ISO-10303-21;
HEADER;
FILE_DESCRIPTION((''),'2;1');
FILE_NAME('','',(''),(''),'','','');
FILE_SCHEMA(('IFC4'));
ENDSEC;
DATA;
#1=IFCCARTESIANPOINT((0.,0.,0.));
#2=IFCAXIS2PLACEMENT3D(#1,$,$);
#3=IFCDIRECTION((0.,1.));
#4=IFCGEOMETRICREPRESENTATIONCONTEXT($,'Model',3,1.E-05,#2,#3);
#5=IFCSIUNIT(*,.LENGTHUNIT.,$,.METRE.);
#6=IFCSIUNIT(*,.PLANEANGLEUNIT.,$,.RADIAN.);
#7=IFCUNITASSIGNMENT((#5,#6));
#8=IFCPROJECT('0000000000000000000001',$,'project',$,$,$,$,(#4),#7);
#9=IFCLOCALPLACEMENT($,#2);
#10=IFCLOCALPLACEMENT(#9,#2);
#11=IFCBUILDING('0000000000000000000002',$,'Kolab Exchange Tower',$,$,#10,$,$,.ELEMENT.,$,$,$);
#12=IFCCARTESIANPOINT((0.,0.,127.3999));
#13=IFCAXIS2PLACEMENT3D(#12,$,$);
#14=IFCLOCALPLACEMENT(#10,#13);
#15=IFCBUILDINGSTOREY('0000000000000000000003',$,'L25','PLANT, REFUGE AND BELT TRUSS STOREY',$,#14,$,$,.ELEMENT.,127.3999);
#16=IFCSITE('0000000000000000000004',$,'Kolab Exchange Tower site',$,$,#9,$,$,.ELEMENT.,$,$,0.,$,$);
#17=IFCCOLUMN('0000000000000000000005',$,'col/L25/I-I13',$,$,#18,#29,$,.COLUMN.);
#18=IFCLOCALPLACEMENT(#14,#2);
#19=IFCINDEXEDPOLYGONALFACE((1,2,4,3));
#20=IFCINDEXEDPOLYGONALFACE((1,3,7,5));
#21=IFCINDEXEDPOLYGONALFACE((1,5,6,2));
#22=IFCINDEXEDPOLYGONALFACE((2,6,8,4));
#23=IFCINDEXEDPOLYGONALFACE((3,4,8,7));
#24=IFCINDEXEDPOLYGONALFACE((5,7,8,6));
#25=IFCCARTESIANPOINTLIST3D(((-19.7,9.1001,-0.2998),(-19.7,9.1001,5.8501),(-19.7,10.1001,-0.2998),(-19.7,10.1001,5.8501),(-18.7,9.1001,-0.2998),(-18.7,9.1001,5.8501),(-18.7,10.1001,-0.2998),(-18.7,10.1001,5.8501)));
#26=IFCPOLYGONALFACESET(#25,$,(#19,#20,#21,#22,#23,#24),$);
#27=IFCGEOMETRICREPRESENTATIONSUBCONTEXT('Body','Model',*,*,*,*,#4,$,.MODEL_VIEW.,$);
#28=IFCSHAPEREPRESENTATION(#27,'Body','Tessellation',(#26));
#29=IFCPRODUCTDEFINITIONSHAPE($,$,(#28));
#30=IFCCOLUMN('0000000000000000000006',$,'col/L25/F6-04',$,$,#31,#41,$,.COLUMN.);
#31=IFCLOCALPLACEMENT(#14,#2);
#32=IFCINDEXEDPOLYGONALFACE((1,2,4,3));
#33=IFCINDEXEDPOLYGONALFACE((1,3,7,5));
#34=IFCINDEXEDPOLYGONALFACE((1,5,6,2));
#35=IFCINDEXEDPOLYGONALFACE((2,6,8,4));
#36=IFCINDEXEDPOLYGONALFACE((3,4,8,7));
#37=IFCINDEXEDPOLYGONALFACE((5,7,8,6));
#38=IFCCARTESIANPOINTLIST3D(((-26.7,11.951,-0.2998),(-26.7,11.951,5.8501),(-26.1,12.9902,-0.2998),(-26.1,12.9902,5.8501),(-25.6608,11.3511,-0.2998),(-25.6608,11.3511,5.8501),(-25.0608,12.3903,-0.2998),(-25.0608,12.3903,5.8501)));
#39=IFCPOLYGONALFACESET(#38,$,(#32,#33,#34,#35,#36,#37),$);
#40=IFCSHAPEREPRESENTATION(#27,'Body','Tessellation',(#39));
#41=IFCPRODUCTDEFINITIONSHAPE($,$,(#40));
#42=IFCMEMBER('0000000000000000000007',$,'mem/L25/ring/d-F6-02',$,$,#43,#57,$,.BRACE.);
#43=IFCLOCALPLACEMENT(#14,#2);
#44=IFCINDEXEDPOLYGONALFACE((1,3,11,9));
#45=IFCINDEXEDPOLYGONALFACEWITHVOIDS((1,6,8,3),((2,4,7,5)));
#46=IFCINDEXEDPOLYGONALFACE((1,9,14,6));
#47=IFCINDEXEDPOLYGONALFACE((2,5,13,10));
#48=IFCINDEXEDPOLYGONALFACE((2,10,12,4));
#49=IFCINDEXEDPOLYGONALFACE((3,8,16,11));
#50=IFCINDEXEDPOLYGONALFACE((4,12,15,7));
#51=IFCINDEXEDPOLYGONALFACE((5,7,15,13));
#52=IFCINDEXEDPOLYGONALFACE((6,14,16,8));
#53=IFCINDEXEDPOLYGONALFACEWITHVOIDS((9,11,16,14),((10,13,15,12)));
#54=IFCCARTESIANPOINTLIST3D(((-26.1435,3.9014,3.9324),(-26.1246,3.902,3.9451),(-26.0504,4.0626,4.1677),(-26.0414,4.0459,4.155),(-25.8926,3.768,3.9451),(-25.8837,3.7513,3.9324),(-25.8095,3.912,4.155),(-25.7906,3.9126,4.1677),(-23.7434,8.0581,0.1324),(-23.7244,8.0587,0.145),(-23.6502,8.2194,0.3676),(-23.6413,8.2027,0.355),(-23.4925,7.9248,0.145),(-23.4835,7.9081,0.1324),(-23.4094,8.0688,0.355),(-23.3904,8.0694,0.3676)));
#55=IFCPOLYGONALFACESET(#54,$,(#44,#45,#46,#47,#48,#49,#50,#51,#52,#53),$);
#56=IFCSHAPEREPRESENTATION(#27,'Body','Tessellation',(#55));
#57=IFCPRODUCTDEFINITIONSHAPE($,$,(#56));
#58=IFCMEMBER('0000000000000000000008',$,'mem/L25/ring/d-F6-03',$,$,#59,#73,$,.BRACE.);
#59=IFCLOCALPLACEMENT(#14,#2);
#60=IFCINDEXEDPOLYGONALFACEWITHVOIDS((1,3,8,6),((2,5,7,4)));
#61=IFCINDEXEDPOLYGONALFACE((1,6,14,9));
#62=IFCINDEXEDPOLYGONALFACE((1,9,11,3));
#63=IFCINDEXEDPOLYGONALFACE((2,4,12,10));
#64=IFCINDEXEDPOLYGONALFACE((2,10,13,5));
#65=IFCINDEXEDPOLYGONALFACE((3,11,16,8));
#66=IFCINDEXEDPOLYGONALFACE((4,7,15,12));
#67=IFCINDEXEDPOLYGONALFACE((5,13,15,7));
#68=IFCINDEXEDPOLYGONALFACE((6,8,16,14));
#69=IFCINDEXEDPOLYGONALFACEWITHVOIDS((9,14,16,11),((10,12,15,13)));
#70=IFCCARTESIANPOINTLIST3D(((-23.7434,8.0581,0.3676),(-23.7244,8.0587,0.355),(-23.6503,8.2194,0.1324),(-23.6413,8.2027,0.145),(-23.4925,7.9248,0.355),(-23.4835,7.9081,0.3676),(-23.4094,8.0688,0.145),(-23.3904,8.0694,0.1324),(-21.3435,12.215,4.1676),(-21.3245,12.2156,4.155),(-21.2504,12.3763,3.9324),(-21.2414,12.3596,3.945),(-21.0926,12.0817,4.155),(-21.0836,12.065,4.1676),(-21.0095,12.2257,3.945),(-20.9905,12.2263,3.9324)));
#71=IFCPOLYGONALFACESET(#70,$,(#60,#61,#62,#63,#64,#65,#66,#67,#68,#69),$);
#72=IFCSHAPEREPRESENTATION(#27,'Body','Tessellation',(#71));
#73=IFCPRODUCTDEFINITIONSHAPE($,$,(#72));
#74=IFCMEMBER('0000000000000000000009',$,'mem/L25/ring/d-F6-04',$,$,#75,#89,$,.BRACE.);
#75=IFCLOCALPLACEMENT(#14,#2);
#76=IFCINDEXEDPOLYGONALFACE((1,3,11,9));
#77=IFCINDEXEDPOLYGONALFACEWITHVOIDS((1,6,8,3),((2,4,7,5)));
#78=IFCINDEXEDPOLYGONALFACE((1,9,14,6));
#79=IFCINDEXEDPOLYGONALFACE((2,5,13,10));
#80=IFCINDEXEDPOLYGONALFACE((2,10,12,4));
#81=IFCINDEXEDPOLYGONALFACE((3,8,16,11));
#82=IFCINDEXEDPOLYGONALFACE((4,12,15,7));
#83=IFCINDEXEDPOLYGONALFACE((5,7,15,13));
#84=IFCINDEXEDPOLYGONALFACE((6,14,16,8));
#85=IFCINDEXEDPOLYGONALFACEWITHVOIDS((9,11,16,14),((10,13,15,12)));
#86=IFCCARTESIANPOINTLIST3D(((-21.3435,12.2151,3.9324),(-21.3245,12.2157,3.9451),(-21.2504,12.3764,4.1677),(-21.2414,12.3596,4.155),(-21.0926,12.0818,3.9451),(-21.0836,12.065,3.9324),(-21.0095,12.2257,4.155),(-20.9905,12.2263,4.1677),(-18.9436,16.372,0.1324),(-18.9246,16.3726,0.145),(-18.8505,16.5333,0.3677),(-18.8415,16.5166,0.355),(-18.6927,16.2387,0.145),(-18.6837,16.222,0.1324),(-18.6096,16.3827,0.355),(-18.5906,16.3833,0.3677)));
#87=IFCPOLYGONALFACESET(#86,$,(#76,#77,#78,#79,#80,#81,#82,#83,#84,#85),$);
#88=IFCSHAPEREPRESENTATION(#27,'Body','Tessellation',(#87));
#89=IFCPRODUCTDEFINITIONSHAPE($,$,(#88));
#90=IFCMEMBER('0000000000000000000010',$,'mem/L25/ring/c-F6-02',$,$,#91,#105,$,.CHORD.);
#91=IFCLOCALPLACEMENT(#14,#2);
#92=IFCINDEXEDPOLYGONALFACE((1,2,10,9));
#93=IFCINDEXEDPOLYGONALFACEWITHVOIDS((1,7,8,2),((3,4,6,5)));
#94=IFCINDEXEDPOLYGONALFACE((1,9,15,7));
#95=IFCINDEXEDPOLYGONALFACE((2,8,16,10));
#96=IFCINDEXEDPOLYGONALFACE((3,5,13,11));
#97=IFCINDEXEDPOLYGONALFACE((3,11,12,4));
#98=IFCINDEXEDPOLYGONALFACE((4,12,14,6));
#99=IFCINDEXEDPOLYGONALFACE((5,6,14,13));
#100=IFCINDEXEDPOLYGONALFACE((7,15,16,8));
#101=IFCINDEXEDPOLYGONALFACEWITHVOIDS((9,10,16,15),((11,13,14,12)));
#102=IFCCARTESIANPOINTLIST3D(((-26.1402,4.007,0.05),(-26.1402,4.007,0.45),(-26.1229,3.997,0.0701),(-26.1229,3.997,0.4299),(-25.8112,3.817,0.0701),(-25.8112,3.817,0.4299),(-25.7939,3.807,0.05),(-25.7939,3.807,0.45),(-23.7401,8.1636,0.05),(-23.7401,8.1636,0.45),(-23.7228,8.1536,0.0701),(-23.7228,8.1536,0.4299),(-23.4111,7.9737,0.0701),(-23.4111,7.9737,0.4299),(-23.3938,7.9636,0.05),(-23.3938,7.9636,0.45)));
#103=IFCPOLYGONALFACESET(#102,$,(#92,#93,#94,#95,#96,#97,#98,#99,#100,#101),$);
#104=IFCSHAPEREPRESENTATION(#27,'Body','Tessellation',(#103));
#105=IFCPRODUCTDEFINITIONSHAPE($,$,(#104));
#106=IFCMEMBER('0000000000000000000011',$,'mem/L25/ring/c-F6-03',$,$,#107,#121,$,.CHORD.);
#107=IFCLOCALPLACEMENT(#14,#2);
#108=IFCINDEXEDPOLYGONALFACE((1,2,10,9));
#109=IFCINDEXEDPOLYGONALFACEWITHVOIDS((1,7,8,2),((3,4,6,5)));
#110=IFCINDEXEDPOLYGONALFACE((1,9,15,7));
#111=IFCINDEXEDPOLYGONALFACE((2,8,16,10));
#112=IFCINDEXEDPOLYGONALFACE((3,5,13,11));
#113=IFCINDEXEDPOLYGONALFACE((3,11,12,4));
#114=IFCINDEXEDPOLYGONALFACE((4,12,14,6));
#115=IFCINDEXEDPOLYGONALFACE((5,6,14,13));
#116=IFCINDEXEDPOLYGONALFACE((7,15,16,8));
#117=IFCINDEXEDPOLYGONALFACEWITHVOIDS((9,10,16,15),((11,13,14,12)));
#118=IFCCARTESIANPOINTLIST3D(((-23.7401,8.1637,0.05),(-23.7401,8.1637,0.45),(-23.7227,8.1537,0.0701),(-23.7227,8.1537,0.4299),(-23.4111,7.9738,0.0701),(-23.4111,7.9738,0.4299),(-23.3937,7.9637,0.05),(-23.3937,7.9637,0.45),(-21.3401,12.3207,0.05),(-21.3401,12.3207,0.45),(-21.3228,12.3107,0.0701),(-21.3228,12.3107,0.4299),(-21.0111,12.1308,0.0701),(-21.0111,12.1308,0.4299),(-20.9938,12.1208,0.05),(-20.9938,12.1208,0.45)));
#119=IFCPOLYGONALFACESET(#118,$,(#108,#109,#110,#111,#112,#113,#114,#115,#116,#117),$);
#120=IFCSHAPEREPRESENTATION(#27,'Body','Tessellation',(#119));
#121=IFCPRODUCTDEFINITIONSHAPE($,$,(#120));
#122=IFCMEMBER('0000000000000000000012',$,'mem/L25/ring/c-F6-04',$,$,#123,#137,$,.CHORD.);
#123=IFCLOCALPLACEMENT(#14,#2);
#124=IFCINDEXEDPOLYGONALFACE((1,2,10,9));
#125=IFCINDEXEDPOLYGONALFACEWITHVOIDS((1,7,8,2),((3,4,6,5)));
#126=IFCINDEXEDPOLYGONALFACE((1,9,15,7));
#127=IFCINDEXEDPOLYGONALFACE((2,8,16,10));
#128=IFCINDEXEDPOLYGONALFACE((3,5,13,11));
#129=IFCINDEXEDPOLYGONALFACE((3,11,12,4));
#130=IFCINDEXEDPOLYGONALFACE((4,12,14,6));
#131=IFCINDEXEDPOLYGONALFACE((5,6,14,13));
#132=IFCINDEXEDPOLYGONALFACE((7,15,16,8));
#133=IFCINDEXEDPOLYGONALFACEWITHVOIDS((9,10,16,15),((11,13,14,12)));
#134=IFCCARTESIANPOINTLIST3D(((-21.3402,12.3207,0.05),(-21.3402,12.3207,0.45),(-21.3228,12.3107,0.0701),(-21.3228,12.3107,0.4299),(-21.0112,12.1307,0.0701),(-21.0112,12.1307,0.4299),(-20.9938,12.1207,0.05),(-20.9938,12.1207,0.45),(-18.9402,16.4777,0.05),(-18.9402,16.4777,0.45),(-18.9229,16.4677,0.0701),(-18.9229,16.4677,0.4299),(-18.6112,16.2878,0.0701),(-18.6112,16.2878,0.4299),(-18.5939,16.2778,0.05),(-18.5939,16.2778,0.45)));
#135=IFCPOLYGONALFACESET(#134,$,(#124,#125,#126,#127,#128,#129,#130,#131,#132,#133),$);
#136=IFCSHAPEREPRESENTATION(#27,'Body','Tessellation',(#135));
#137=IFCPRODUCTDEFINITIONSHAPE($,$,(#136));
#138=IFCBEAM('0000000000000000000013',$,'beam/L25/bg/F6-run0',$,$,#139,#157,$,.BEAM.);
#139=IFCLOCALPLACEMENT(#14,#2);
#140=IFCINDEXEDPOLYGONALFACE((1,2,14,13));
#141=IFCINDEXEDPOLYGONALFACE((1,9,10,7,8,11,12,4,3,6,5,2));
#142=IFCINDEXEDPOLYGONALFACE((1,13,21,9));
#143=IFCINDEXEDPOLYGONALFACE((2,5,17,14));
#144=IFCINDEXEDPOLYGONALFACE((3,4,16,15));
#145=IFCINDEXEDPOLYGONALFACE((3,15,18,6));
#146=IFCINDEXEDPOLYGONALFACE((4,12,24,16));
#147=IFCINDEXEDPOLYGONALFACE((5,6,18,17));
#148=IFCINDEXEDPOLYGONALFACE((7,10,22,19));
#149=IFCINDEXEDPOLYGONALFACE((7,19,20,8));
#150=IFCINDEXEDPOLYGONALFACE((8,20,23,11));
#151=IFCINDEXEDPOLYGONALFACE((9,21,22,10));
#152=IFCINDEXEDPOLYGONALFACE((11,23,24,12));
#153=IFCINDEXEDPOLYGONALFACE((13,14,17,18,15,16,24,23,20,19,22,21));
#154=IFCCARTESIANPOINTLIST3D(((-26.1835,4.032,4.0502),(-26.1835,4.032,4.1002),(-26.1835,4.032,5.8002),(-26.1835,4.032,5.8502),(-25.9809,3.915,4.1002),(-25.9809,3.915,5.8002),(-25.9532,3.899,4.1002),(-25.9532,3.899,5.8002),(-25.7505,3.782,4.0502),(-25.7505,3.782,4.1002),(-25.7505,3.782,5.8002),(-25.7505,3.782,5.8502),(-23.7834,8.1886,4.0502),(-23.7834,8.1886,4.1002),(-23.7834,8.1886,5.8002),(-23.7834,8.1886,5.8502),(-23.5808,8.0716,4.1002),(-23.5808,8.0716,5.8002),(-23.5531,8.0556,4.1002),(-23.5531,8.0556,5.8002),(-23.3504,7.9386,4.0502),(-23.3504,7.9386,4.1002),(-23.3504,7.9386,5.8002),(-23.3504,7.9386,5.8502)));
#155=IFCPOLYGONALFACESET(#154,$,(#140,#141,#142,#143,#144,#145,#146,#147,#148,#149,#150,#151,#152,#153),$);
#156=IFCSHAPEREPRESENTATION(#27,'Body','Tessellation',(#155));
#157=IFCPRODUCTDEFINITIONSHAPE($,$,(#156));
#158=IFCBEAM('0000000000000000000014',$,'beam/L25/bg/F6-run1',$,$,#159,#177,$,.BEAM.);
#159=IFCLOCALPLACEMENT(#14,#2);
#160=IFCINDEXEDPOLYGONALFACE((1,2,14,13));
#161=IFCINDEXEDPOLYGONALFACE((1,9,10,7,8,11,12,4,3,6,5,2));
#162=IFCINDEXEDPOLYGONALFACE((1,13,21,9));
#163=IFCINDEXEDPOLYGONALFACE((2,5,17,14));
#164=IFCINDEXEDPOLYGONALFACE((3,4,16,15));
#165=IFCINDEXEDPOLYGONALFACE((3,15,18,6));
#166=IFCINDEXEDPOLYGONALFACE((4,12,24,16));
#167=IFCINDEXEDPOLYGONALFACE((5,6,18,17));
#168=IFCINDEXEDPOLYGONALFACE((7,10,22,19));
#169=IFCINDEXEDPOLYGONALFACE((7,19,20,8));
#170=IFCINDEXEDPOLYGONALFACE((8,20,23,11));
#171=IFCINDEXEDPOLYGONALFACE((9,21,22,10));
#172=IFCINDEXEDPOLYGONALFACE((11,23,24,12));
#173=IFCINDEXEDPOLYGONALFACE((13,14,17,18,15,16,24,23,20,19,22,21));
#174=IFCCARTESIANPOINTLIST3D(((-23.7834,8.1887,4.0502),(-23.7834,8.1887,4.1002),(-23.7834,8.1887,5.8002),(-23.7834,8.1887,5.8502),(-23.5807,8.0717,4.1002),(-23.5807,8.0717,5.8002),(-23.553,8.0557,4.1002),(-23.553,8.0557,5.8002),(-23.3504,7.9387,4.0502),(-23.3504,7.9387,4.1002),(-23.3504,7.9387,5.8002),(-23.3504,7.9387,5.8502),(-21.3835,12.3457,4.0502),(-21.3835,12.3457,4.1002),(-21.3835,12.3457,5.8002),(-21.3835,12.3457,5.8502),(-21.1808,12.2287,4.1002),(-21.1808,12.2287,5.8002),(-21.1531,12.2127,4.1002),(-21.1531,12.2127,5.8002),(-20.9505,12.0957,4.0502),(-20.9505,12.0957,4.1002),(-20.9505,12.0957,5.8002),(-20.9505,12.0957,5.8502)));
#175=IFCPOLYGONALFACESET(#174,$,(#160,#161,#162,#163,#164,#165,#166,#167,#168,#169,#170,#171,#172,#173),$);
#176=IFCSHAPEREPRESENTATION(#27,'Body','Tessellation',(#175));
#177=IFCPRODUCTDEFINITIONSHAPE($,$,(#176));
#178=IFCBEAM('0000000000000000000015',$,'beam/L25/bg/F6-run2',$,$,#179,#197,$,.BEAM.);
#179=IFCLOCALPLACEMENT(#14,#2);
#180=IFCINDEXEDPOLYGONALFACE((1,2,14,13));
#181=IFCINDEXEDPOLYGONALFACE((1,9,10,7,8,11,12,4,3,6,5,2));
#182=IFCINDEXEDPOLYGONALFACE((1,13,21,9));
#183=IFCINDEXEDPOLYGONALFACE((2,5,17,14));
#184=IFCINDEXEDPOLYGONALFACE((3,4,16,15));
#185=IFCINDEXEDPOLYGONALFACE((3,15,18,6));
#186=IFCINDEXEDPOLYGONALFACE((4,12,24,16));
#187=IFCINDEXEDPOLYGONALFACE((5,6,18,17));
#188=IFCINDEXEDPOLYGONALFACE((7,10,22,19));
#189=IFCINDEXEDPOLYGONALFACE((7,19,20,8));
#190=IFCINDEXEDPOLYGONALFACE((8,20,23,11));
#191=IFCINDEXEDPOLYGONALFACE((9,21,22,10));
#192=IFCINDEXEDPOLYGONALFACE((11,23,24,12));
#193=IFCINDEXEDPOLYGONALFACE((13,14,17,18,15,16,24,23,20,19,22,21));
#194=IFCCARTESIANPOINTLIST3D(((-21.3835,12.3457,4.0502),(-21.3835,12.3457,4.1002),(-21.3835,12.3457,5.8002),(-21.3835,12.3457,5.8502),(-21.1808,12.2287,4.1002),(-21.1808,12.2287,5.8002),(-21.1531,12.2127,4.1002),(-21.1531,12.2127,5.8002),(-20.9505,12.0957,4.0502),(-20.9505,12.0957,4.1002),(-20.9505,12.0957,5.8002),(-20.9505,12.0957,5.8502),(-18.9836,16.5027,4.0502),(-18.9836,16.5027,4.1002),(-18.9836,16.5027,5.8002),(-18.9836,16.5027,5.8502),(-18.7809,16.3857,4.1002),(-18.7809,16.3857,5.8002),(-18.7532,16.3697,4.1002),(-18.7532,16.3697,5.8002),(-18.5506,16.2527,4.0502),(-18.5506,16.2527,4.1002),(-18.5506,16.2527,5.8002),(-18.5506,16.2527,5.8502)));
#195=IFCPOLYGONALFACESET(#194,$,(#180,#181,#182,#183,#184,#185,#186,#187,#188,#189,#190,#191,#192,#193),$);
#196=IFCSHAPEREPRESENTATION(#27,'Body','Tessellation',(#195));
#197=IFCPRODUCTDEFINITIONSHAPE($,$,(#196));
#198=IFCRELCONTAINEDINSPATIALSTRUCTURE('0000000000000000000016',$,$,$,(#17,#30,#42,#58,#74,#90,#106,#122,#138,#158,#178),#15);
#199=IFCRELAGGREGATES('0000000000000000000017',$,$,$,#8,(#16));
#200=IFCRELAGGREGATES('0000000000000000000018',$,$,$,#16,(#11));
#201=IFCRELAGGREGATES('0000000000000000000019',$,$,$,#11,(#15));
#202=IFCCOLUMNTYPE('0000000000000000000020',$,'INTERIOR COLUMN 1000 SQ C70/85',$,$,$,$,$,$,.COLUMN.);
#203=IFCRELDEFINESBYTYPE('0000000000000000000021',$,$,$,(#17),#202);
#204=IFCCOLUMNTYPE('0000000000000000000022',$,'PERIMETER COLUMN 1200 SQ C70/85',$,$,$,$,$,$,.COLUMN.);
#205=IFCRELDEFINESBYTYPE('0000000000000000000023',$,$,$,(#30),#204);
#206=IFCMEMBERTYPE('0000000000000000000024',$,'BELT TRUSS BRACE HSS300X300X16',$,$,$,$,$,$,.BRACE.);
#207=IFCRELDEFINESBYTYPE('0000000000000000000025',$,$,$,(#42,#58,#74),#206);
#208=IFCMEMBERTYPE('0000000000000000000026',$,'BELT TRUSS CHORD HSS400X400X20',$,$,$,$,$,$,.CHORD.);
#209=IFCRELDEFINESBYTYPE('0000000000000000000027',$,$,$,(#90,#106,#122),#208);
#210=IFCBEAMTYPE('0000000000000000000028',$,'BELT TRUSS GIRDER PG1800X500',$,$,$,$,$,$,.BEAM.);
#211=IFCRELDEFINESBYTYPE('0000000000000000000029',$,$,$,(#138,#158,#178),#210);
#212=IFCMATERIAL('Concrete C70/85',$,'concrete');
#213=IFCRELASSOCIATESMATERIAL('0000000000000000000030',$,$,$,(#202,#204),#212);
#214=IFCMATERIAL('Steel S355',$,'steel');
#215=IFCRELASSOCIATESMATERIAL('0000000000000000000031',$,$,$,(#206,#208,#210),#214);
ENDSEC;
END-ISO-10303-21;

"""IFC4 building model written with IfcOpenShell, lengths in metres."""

from ifc_helpers import new_model, si_unit, direction, frame, origin, origin_2d, place, context, subcontext, project, spatial, rectangle, hollow_rectangle, i_section, extrude, material, material_profile, profile_set, type_object, element, save


model = new_model("IFC4")

# Units and contexts
model_context = context("Model", 3, precision=1e-05, world=origin(), true_north=direction((0.0, 1.0)))
body_context = subcontext(model_context, "Body", "Model", "MODEL_VIEW")
ifc_project = project(units=[si_unit("LENGTHUNIT", "METRE"), si_unit("PLANEANGLEUNIT", "RADIAN")], contexts=[model_context])

# Site, building, storey
site_placement = place(None, origin())
site = spatial("IfcSite", under=ifc_project, at=site_placement, Name="Kolab Exchange Tower site", CompositionType="ELEMENT", RefElevation=0.0)
building_placement = place(site_placement, origin())
building = spatial("IfcBuilding", under=site, at=building_placement, Name="Kolab Exchange Tower", CompositionType="ELEMENT")
storey_placement = place(building_placement, frame((0.0, 0.0, 127.3999)))
storey = spatial("IfcBuildingStorey", under=building, at=storey_placement, Name="L25", Description="PLANT, REFUGE AND BELT TRUSS STOREY", CompositionType="ELEMENT", Elevation=127.3999)

# Columns
ifc_material_1 = material(Name="Concrete C70/85", Category="concrete")
ifc_material_profile_1 = material_profile(ifc_material_1, rectangle(XDim=1.0, YDim=1.0, at=origin_2d()), Name="RC1000")
ifc_profile_set_1 = profile_set([ifc_material_profile_1], Name="Concrete C70/85")
column_type_1 = type_object("IfcColumnType", Name="INTERIOR COLUMN 1000 SQ C70/85", PredefinedType="COLUMN", material=ifc_profile_set_1)
column_1_placement = place(storey_placement, frame((-19.2, 9.6001, -0.2998), z_axis=(0.0, 0.0, 1.0), x_axis=(1.0, 0.0, 0.0)))
element("IfcColumn", 1, at=column_1_placement, inside=storey, type_object=column_type_1, Name="col/L25/I-I13", PredefinedType="COLUMN", context=body_context, shape_type="SweptSolid", body=[
    extrude(rectangle(XDim=1.0, YDim=1.0, at=origin_2d()), origin(), (0.0, 0.0, 1.0), 6.1499),
])
ifc_material_profile_2 = material_profile(ifc_material_1, rectangle(XDim=1.2, YDim=1.2, at=origin_2d()), Name="RC1200")
ifc_profile_set_2 = profile_set([ifc_material_profile_2], Name="Concrete C70/85")
column_type_2 = type_object("IfcColumnType", Name="PERIMETER COLUMN 1200 SQ C70/85", PredefinedType="COLUMN", material=ifc_profile_set_2)
column_2_placement = place(storey_placement, frame((-25.8804, 12.1707, -0.2998), z_axis=(0.0, 0.0, 1.0), x_axis=(0.5, 0.866025, 0.0)))
element("IfcColumn", 2, at=column_2_placement, inside=storey, type_object=column_type_2, Name="col/L25/F6-04", PredefinedType="COLUMN", context=body_context, shape_type="SweptSolid", body=[
    extrude(rectangle(XDim=1.2, YDim=1.2, at=origin_2d()), origin(), (0.0, 0.0, 1.0), 6.1499),
])

# Members
ifc_material_2 = material(Name="Steel S355", Category="steel")
ifc_material_profile_3 = material_profile(ifc_material_2, hollow_rectangle(XDim=0.3, YDim=0.3, WallThickness=0.0161, at=origin_2d()), Name="HSS300X300X16")
ifc_profile_set_3 = profile_set([ifc_material_profile_3], Name="Steel S355")
member_type_1 = type_object("IfcMemberType", Name="BELT TRUSS BRACE HSS300X300X16", PredefinedType="BRACE", material=ifc_profile_set_3)
for number, where, z_axis, x_axis, name in (
    (3, (-25.967, 3.907, 4.05), (0.392049, 0.678978, -0.620715), (-0.866003, 0.500039, 0.0), "mem/L25/ring/d-F6-02"),
    (4, (-23.5669, 8.0637, 0.25), (0.392005, 0.67901, 0.620708), (-0.866037, 0.499979, 0.0), "mem/L25/ring/d-F6-03"),
    (5, (-21.167, 12.2207, 4.05), (0.392005, 0.67901, -0.620708), (-0.866037, 0.499979, 0.0), "mem/L25/ring/d-F6-04"),
):
    element("IfcMember", number, at=place(storey_placement, frame(where, z_axis=z_axis, x_axis=x_axis)), inside=storey, type_object=member_type_1, Name=name, PredefinedType="BRACE", context=body_context, shape_type="SweptSolid", body=[
        extrude(hollow_rectangle(XDim=0.3, YDim=0.3, WallThickness=0.0161, at=origin_2d()), origin(), (0.0, 0.0, 1.0), 6.1221),
    ])
ifc_material_profile_4 = material_profile(ifc_material_2, hollow_rectangle(XDim=0.3999, YDim=0.3999, WallThickness=0.02, at=origin_2d()), Name="HSS400X400X20")
ifc_profile_set_4 = profile_set([ifc_material_profile_4], Name="Steel S355")
member_type_2 = type_object("IfcMemberType", Name="BELT TRUSS CHORD HSS400X400X20", PredefinedType="CHORD", material=ifc_profile_set_4)
member_1_placement = place(storey_placement, frame((-25.967, 3.907, 0.25), z_axis=(0.500039, 0.866003, 0.0), x_axis=(-0.866003, 0.500039, 0.0)))
element("IfcMember", 6, at=member_1_placement, inside=storey, type_object=member_type_2, Name="mem/L25/ring/c-F6-02", PredefinedType="CHORD", context=body_context, shape_type="SweptSolid", body=[
    extrude(hollow_rectangle(XDim=0.3999, YDim=0.3999, WallThickness=0.02, at=origin_2d()), origin(), (0.0, 0.0, 1.0), 4.7998),
])
for number, where, z_axis, x_axis, name in (
    (7, (-23.5669, 8.0637, 0.25), (0.499979, 0.866037, 0.0), (-0.866037, 0.499979, 0.0), "mem/L25/ring/c-F6-03"),
    (8, (-21.167, 12.2207, 0.25), (0.499979, 0.866037, 0.0), (-0.866037, 0.499979, 0.0), "mem/L25/ring/c-F6-04"),
):
    element("IfcMember", number, at=place(storey_placement, frame(where, z_axis=z_axis, x_axis=x_axis)), inside=storey, type_object=member_type_2, Name=name, PredefinedType="CHORD", context=body_context, shape_type="SweptSolid", body=[
        extrude(hollow_rectangle(XDim=0.3999, YDim=0.3999, WallThickness=0.02, at=origin_2d()), origin(), (0.0, 0.0, 1.0), 4.8),
    ])

# Beams
ifc_material_profile_5 = material_profile(ifc_material_2, i_section(OverallWidth=0.5, OverallDepth=1.8, WebThickness=0.032, FlangeThickness=0.05, at=origin_2d()), Name="PG1800X500")
ifc_profile_set_5 = profile_set([ifc_material_profile_5], Name="Steel S355")
beam_type_1 = type_object("IfcBeamType", Name="BELT TRUSS GIRDER PG1800X500", PredefinedType="BEAM", material=ifc_profile_set_5)
beam_1_placement = place(storey_placement, frame((-25.967, 3.907, 4.9502), z_axis=(0.500039, 0.866003, 0.0), x_axis=(-0.866003, 0.500039, 0.0)))
element("IfcBeam", 9, at=beam_1_placement, inside=storey, type_object=beam_type_1, Name="beam/L25/bg/F6-run0", PredefinedType="BEAM", context=body_context, shape_type="SweptSolid", body=[
    extrude(i_section(OverallWidth=0.5, OverallDepth=1.8, WebThickness=0.032, FlangeThickness=0.05, at=origin_2d()), origin(), (0.0, 0.0, 1.0), 4.7998),
])
for number, where, z_axis, x_axis, name in (
    (10, (-23.5669, 8.0637, 4.9502), (0.499979, 0.866037, 0.0), (-0.866037, 0.499979, 0.0), "beam/L25/bg/F6-run1"),
    (11, (-21.167, 12.2207, 4.9502), (0.499979, 0.866037, 0.0), (-0.866037, 0.499979, 0.0), "beam/L25/bg/F6-run2"),
):
    element("IfcBeam", number, at=place(storey_placement, frame(where, z_axis=z_axis, x_axis=x_axis)), inside=storey, type_object=beam_type_1, Name=name, PredefinedType="BEAM", context=body_context, shape_type="SweptSolid", body=[
        extrude(i_section(OverallWidth=0.5, OverallDepth=1.8, WebThickness=0.032, FlangeThickness=0.05, at=origin_2d()), origin(), (0.0, 0.0, 1.0), 4.8),
    ])

save(model, "model.ifc")
